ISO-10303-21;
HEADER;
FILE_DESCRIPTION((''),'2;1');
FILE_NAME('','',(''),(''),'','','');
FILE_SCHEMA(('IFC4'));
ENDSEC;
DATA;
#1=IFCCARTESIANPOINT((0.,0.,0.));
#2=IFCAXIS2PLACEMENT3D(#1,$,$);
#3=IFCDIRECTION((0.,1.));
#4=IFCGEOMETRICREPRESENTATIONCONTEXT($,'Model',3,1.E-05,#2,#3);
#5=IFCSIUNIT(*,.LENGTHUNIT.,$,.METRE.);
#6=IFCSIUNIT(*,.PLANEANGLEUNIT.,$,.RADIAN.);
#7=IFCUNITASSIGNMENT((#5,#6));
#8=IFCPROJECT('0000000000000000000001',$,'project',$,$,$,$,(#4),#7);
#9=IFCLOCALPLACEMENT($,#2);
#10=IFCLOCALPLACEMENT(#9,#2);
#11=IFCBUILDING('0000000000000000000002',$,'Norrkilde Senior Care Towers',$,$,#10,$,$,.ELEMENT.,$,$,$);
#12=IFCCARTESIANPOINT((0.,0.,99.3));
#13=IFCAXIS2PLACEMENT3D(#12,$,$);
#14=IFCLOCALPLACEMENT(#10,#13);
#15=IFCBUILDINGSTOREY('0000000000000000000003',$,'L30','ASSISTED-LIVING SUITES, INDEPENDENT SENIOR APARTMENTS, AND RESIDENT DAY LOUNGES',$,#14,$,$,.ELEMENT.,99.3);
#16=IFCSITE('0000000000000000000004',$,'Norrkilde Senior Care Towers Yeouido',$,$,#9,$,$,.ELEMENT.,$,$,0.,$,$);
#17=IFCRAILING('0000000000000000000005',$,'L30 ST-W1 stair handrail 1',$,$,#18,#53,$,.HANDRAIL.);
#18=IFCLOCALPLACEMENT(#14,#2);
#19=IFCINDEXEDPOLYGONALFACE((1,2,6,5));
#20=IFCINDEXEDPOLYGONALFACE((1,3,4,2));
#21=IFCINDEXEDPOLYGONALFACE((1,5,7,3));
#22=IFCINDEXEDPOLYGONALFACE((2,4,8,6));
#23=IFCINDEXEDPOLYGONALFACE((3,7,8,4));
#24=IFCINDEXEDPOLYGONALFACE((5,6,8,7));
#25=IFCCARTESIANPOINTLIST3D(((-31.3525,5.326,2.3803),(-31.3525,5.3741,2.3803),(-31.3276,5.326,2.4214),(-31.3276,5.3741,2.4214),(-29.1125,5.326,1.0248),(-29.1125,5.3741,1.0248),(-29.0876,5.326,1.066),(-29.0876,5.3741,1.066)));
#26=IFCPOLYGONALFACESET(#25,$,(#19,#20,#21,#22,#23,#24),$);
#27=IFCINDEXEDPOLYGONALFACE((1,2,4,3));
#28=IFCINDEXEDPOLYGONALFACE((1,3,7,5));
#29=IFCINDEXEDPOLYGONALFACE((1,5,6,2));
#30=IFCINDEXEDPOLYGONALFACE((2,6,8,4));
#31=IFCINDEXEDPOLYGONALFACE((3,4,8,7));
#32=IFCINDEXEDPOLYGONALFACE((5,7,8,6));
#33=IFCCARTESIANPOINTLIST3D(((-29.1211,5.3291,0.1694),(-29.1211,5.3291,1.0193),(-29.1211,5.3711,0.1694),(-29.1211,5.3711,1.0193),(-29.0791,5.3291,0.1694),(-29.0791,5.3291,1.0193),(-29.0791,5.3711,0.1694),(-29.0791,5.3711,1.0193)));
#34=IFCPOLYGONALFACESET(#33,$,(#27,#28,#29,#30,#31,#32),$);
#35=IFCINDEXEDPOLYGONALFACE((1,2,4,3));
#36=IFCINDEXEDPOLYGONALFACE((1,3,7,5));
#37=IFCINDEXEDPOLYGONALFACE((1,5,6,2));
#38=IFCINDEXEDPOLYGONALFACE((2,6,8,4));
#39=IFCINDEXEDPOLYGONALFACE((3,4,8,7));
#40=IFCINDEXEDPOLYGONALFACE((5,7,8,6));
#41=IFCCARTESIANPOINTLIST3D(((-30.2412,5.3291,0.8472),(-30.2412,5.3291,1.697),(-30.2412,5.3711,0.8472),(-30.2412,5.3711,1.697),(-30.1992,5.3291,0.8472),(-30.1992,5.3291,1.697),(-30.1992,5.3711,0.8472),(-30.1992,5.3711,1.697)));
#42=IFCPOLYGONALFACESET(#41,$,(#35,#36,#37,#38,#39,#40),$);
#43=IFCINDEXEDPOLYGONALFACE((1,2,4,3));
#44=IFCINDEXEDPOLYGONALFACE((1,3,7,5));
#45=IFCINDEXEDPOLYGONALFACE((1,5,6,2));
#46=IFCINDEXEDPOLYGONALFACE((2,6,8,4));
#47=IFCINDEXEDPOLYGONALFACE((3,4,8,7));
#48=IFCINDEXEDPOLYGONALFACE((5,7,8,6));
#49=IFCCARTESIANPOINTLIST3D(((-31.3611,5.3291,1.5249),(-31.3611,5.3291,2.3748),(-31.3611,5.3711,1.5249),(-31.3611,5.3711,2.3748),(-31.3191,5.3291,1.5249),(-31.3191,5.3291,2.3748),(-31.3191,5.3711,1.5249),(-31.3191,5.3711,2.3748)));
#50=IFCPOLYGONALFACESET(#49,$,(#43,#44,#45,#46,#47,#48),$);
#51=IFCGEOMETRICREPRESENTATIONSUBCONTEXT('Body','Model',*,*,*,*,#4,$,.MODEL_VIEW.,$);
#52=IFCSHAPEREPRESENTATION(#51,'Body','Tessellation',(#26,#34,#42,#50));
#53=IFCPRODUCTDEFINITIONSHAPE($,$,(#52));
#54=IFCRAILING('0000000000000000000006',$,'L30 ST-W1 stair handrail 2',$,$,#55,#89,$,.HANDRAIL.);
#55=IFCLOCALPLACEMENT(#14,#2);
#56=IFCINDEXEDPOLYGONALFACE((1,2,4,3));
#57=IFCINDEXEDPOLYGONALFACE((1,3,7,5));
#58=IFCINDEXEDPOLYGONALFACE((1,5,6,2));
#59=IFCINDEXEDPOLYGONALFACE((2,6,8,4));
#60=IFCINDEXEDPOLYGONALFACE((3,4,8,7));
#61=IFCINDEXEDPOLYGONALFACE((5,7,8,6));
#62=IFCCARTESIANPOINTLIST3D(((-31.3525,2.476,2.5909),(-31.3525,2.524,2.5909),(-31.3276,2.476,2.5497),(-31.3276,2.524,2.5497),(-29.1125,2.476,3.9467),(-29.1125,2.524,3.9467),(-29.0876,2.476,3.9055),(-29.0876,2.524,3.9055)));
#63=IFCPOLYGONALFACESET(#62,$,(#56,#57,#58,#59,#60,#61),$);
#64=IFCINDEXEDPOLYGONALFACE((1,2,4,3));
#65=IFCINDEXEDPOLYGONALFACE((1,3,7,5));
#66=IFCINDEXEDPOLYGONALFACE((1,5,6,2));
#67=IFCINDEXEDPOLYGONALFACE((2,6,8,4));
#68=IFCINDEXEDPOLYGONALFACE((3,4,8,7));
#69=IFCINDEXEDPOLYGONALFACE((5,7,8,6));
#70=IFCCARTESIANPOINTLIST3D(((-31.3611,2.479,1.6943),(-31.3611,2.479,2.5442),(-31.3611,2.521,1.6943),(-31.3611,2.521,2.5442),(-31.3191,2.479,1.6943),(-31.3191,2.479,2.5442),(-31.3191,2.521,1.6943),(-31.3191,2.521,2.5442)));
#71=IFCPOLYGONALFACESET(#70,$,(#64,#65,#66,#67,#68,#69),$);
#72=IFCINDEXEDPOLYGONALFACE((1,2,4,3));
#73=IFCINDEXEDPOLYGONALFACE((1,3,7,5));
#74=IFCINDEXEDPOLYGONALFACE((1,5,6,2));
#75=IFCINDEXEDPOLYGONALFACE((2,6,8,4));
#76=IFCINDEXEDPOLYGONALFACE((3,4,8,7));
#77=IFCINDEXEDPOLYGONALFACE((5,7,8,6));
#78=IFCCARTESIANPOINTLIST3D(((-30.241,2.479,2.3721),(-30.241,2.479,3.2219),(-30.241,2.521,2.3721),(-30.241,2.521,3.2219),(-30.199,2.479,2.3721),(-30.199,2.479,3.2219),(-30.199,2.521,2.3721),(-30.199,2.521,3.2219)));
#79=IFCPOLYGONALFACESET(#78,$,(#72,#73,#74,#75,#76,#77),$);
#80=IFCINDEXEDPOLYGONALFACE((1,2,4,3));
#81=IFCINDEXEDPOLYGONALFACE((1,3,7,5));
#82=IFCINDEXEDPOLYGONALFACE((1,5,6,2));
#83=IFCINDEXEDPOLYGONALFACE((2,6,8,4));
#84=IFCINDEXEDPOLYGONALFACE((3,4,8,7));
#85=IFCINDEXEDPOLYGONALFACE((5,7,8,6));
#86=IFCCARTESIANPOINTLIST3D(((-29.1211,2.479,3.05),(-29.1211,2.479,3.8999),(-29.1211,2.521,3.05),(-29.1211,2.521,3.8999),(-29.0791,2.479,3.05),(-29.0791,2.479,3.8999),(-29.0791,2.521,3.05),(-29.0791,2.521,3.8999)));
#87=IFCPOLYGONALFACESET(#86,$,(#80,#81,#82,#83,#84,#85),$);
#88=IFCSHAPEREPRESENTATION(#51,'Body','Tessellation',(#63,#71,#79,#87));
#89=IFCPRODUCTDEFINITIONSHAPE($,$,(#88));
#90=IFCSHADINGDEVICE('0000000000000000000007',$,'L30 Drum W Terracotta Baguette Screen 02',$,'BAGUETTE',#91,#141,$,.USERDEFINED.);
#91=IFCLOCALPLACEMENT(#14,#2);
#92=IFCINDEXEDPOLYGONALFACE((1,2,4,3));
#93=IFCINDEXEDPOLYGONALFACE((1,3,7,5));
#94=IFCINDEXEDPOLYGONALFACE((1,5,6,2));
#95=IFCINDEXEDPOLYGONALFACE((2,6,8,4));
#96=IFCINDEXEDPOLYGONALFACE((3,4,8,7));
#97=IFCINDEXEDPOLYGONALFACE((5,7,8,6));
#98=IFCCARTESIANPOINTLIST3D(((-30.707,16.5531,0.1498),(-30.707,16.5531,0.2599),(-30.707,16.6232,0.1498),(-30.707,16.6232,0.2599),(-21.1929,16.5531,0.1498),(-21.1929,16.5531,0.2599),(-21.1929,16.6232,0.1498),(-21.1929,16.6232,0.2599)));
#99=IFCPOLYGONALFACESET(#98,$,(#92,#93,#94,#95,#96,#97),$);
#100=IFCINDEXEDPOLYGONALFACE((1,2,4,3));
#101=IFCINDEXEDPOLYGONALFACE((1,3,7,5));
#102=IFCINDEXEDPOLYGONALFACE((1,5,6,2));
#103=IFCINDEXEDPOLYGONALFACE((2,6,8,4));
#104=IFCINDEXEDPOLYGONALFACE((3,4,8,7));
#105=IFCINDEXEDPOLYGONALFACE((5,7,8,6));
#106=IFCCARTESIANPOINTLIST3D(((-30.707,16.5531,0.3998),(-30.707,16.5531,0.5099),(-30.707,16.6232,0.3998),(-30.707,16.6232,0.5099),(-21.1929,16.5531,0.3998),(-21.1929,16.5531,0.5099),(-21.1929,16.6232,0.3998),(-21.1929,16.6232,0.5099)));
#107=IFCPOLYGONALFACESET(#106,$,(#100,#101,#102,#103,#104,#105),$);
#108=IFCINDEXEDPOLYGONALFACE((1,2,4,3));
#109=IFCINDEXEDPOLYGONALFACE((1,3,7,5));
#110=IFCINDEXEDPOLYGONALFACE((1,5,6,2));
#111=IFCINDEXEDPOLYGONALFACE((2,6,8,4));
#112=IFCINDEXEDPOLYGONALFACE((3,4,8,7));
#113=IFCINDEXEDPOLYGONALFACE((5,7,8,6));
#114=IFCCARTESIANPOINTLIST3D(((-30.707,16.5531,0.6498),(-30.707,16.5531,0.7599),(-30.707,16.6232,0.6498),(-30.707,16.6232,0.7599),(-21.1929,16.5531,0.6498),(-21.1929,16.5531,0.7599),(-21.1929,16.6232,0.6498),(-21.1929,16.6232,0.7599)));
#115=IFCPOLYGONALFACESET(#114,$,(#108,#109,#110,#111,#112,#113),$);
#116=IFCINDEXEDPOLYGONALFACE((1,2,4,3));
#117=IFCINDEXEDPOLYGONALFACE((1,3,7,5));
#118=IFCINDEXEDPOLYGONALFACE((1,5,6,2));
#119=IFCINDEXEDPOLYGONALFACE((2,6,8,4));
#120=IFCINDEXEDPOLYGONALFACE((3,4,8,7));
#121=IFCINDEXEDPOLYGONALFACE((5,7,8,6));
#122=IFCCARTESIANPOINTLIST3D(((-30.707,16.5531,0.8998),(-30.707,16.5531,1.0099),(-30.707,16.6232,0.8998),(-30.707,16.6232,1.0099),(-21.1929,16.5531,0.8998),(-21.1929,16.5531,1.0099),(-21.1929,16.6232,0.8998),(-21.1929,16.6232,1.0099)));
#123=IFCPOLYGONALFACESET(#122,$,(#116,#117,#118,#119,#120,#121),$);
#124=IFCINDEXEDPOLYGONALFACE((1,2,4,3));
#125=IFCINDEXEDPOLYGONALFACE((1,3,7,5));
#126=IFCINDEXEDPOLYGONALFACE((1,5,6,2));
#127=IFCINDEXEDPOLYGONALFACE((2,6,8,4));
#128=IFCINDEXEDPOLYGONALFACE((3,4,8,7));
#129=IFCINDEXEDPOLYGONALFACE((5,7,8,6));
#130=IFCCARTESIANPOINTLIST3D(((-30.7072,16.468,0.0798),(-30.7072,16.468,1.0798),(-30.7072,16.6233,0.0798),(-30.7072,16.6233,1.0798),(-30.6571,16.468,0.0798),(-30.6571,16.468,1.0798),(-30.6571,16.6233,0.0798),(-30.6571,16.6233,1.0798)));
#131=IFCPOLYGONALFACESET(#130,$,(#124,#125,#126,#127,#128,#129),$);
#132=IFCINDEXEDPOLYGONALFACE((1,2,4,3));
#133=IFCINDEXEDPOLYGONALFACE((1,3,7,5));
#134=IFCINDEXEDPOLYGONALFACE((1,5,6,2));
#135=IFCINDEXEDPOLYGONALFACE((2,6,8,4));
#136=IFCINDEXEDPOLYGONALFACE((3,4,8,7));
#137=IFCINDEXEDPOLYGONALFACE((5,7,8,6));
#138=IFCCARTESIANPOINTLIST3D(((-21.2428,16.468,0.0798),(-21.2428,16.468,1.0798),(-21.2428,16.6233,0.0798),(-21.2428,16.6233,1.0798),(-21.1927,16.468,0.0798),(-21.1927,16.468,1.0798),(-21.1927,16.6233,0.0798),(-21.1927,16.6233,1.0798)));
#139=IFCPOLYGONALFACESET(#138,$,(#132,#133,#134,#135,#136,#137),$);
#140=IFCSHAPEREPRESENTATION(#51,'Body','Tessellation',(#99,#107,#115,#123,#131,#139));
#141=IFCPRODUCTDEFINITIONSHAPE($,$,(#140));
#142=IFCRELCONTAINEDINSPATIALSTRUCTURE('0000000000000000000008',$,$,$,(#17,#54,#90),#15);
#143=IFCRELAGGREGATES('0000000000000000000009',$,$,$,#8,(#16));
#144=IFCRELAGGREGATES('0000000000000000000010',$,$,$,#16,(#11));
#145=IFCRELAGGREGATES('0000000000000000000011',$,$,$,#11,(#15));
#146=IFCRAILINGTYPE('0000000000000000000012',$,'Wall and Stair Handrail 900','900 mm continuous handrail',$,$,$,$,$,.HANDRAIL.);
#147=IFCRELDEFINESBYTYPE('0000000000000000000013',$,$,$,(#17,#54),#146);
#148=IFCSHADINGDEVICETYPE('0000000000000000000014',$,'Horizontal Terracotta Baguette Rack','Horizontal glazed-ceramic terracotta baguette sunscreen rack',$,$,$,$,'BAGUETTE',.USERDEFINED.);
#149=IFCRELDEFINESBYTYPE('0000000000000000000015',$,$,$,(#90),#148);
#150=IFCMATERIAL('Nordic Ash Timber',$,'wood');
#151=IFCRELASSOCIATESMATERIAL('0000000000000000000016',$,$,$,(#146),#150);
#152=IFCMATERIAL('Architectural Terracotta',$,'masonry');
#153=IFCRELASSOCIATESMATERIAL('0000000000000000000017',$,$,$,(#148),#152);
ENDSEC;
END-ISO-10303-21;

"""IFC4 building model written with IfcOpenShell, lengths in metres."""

from ifc_helpers import new_model, si_unit, direction, frame, origin, origin_2d, place, context, subcontext, project, spatial, rectangle, extrude, source, transform, mapped, material, type_object, type_shapes, element, save


model = new_model("IFC4")

# Units and contexts
model_context = context("Model", 3, precision=1e-05, world=origin(), true_north=direction((0.0, 1.0)))
body_context = subcontext(model_context, "Body", "Model", "MODEL_VIEW")
ifc_project = project(units=[si_unit("LENGTHUNIT", "METRE"), si_unit("PLANEANGLEUNIT", "RADIAN")], contexts=[model_context])

# Site, building, storey
site_placement = place(None, origin())
site = spatial("IfcSite", under=ifc_project, at=site_placement, Name="Norrkilde Senior Care Towers Yeouido", CompositionType="ELEMENT", RefElevation=0.0)
building_placement = place(site_placement, origin())
building = spatial("IfcBuilding", under=site, at=building_placement, Name="Norrkilde Senior Care Towers", CompositionType="ELEMENT")
storey_placement = place(building_placement, frame((0.0, 0.0, 99.3)))
storey = spatial("IfcBuildingStorey", under=building, at=storey_placement, Name="L30", Description="ASSISTED-LIVING SUITES, INDEPENDENT SENIOR APARTMENTS, AND RESIDENT DAY LOUNGES", CompositionType="ELEMENT", Elevation=99.3)

# Shared definitions
ifc_material_1 = material(Name="Nordic Ash Timber", Category="wood")

# Railings
railing_type_1 = type_object("IfcRailingType", Name="Wall and Stair Handrail 900", Description="900 mm continuous handrail", PredefinedType="HANDRAIL", material=ifc_material_1)
railing_1_placement = place(storey_placement, frame((-29.1001, 5.3501, 0.1694)))
element("IfcRailing", 1, at=railing_1_placement, inside=storey, type_object=railing_type_1, Name="L30 ST-W1 stair handrail 1", PredefinedType="HANDRAIL", context=body_context, shape_type="SweptSolid", body=[
    extrude(rectangle(XDim=0.0481, YDim=0.0481, at=origin_2d()), frame((0.0, 0.0, 0.876), z_axis=(-0.855553, 0.0, 0.517715), x_axis=(0.0, -1.0, 0.0)), (0.0, 0.0, 1.0), 2.6182),
    extrude(rectangle(XDim=0.042, YDim=0.042, at=origin_2d()), origin(), (0.0, 0.0, 1.0), 0.8499),
    extrude(rectangle(XDim=0.042, YDim=0.042, at=origin_2d()), frame((-1.1201, 0.0, 0.6777)), (0.0, 0.0, 1.0), 0.8499),
    extrude(rectangle(XDim=0.042, YDim=0.042, at=origin_2d()), frame((-2.24, 0.0, 1.3555)), (0.0, 0.0, 1.0), 0.8499),
])
railing_2_placement = place(storey_placement, frame((-31.3401, 2.5, 1.6943)))
element("IfcRailing", 2, at=railing_2_placement, inside=storey, type_object=railing_type_1, Name="L30 ST-W1 stair handrail 2", PredefinedType="HANDRAIL", context=body_context, shape_type="SweptSolid", body=[
    extrude(rectangle(XDim=0.0481, YDim=0.0481, at=origin_2d()), frame((0.0, 0.0, 0.876), z_axis=(0.855512, 0.0, 0.517783), x_axis=(0.0, 1.0, 0.0)), (0.0, 0.0, 1.0), 2.6184),
    extrude(rectangle(XDim=0.042, YDim=0.042, at=origin_2d()), origin(), (0.0, 0.0, 1.0), 0.8499),
    extrude(rectangle(XDim=0.042, YDim=0.042, at=origin_2d()), frame((1.1201, 0.0, 0.6777)), (0.0, 0.0, 1.0), 0.8499),
    extrude(rectangle(XDim=0.042, YDim=0.042, at=origin_2d()), frame((2.24, 0.0, 1.3557)), (0.0, 0.0, 1.0), 0.8499),
])

# Shading device
ifc_material_2 = material(Name="Architectural Terracotta", Category="masonry")
shading_device_type = type_object("IfcShadingDeviceType", Name="Horizontal Terracotta Baguette Rack", Description="Horizontal glazed-ceramic terracotta baguette sunscreen rack", ElementType="BAGUETTE", PredefinedType="USERDEFINED", material=ifc_material_2)
shared_shape_1 = source(origin(), body_context, "Body", "SweptSolid", [
    extrude(rectangle(XDim=0.0701, YDim=0.1101, at=origin_2d()), frame((0.0, 0.0901, 0.125), z_axis=(1.0, 0.0, 0.0), x_axis=(0.0, 1.0, 0.0)), (0.0, 0.0, 1.0), 9.5142),
    extrude(rectangle(XDim=0.0701, YDim=0.1101, at=origin_2d()), frame((0.0, 0.0901, 0.375), z_axis=(1.0, 0.0, 0.0), x_axis=(0.0, 1.0, 0.0)), (0.0, 0.0, 1.0), 9.5142),
    extrude(rectangle(XDim=0.0701, YDim=0.1101, at=origin_2d()), frame((0.0, 0.0901, 0.625), z_axis=(1.0, 0.0, 0.0), x_axis=(0.0, 1.0, 0.0)), (0.0, 0.0, 1.0), 9.5142),
    extrude(rectangle(XDim=0.0701, YDim=0.1101, at=origin_2d()), frame((0.0, 0.0901, 0.875), z_axis=(1.0, 0.0, 0.0), x_axis=(0.0, 1.0, 0.0)), (0.0, 0.0, 1.0), 9.5142),
    extrude(rectangle(XDim=0.05, YDim=0.1553, at=origin_2d()), frame((0.0249, 0.0476, 0.0)), (0.0, 0.0, 1.0), 1.0),
    extrude(rectangle(XDim=0.05, YDim=0.1553, at=origin_2d()), frame((9.4893, 0.0476, 0.0)), (0.0, 0.0, 1.0), 1.0),
])
type_shapes(shading_device_type, [shared_shape_1])
shading_device_placement = place(storey_placement, frame((-30.707, 16.498, 0.0798), z_axis=(0.0, 0.0, 1.0), x_axis=(1.0, 0.0, 0.0)))
element("IfcShadingDevice", 3, at=shading_device_placement, inside=storey, type_object=shading_device_type, Name="L30 Drum W Terracotta Baguette Screen 02", ObjectType="BAGUETTE", PredefinedType="USERDEFINED", context=body_context, shape_type="MappedRepresentation", body=[
    mapped(shared_shape_1, transform((0.0, 0.0, 0.0), x_axis=(1.0, 0.0, 0.0), y_axis=(0.0, 1.0, 0.0), z_axis=(0.0, 0.0, 1.0), scale=1.0)),
])

save(model, "model.ifc")
